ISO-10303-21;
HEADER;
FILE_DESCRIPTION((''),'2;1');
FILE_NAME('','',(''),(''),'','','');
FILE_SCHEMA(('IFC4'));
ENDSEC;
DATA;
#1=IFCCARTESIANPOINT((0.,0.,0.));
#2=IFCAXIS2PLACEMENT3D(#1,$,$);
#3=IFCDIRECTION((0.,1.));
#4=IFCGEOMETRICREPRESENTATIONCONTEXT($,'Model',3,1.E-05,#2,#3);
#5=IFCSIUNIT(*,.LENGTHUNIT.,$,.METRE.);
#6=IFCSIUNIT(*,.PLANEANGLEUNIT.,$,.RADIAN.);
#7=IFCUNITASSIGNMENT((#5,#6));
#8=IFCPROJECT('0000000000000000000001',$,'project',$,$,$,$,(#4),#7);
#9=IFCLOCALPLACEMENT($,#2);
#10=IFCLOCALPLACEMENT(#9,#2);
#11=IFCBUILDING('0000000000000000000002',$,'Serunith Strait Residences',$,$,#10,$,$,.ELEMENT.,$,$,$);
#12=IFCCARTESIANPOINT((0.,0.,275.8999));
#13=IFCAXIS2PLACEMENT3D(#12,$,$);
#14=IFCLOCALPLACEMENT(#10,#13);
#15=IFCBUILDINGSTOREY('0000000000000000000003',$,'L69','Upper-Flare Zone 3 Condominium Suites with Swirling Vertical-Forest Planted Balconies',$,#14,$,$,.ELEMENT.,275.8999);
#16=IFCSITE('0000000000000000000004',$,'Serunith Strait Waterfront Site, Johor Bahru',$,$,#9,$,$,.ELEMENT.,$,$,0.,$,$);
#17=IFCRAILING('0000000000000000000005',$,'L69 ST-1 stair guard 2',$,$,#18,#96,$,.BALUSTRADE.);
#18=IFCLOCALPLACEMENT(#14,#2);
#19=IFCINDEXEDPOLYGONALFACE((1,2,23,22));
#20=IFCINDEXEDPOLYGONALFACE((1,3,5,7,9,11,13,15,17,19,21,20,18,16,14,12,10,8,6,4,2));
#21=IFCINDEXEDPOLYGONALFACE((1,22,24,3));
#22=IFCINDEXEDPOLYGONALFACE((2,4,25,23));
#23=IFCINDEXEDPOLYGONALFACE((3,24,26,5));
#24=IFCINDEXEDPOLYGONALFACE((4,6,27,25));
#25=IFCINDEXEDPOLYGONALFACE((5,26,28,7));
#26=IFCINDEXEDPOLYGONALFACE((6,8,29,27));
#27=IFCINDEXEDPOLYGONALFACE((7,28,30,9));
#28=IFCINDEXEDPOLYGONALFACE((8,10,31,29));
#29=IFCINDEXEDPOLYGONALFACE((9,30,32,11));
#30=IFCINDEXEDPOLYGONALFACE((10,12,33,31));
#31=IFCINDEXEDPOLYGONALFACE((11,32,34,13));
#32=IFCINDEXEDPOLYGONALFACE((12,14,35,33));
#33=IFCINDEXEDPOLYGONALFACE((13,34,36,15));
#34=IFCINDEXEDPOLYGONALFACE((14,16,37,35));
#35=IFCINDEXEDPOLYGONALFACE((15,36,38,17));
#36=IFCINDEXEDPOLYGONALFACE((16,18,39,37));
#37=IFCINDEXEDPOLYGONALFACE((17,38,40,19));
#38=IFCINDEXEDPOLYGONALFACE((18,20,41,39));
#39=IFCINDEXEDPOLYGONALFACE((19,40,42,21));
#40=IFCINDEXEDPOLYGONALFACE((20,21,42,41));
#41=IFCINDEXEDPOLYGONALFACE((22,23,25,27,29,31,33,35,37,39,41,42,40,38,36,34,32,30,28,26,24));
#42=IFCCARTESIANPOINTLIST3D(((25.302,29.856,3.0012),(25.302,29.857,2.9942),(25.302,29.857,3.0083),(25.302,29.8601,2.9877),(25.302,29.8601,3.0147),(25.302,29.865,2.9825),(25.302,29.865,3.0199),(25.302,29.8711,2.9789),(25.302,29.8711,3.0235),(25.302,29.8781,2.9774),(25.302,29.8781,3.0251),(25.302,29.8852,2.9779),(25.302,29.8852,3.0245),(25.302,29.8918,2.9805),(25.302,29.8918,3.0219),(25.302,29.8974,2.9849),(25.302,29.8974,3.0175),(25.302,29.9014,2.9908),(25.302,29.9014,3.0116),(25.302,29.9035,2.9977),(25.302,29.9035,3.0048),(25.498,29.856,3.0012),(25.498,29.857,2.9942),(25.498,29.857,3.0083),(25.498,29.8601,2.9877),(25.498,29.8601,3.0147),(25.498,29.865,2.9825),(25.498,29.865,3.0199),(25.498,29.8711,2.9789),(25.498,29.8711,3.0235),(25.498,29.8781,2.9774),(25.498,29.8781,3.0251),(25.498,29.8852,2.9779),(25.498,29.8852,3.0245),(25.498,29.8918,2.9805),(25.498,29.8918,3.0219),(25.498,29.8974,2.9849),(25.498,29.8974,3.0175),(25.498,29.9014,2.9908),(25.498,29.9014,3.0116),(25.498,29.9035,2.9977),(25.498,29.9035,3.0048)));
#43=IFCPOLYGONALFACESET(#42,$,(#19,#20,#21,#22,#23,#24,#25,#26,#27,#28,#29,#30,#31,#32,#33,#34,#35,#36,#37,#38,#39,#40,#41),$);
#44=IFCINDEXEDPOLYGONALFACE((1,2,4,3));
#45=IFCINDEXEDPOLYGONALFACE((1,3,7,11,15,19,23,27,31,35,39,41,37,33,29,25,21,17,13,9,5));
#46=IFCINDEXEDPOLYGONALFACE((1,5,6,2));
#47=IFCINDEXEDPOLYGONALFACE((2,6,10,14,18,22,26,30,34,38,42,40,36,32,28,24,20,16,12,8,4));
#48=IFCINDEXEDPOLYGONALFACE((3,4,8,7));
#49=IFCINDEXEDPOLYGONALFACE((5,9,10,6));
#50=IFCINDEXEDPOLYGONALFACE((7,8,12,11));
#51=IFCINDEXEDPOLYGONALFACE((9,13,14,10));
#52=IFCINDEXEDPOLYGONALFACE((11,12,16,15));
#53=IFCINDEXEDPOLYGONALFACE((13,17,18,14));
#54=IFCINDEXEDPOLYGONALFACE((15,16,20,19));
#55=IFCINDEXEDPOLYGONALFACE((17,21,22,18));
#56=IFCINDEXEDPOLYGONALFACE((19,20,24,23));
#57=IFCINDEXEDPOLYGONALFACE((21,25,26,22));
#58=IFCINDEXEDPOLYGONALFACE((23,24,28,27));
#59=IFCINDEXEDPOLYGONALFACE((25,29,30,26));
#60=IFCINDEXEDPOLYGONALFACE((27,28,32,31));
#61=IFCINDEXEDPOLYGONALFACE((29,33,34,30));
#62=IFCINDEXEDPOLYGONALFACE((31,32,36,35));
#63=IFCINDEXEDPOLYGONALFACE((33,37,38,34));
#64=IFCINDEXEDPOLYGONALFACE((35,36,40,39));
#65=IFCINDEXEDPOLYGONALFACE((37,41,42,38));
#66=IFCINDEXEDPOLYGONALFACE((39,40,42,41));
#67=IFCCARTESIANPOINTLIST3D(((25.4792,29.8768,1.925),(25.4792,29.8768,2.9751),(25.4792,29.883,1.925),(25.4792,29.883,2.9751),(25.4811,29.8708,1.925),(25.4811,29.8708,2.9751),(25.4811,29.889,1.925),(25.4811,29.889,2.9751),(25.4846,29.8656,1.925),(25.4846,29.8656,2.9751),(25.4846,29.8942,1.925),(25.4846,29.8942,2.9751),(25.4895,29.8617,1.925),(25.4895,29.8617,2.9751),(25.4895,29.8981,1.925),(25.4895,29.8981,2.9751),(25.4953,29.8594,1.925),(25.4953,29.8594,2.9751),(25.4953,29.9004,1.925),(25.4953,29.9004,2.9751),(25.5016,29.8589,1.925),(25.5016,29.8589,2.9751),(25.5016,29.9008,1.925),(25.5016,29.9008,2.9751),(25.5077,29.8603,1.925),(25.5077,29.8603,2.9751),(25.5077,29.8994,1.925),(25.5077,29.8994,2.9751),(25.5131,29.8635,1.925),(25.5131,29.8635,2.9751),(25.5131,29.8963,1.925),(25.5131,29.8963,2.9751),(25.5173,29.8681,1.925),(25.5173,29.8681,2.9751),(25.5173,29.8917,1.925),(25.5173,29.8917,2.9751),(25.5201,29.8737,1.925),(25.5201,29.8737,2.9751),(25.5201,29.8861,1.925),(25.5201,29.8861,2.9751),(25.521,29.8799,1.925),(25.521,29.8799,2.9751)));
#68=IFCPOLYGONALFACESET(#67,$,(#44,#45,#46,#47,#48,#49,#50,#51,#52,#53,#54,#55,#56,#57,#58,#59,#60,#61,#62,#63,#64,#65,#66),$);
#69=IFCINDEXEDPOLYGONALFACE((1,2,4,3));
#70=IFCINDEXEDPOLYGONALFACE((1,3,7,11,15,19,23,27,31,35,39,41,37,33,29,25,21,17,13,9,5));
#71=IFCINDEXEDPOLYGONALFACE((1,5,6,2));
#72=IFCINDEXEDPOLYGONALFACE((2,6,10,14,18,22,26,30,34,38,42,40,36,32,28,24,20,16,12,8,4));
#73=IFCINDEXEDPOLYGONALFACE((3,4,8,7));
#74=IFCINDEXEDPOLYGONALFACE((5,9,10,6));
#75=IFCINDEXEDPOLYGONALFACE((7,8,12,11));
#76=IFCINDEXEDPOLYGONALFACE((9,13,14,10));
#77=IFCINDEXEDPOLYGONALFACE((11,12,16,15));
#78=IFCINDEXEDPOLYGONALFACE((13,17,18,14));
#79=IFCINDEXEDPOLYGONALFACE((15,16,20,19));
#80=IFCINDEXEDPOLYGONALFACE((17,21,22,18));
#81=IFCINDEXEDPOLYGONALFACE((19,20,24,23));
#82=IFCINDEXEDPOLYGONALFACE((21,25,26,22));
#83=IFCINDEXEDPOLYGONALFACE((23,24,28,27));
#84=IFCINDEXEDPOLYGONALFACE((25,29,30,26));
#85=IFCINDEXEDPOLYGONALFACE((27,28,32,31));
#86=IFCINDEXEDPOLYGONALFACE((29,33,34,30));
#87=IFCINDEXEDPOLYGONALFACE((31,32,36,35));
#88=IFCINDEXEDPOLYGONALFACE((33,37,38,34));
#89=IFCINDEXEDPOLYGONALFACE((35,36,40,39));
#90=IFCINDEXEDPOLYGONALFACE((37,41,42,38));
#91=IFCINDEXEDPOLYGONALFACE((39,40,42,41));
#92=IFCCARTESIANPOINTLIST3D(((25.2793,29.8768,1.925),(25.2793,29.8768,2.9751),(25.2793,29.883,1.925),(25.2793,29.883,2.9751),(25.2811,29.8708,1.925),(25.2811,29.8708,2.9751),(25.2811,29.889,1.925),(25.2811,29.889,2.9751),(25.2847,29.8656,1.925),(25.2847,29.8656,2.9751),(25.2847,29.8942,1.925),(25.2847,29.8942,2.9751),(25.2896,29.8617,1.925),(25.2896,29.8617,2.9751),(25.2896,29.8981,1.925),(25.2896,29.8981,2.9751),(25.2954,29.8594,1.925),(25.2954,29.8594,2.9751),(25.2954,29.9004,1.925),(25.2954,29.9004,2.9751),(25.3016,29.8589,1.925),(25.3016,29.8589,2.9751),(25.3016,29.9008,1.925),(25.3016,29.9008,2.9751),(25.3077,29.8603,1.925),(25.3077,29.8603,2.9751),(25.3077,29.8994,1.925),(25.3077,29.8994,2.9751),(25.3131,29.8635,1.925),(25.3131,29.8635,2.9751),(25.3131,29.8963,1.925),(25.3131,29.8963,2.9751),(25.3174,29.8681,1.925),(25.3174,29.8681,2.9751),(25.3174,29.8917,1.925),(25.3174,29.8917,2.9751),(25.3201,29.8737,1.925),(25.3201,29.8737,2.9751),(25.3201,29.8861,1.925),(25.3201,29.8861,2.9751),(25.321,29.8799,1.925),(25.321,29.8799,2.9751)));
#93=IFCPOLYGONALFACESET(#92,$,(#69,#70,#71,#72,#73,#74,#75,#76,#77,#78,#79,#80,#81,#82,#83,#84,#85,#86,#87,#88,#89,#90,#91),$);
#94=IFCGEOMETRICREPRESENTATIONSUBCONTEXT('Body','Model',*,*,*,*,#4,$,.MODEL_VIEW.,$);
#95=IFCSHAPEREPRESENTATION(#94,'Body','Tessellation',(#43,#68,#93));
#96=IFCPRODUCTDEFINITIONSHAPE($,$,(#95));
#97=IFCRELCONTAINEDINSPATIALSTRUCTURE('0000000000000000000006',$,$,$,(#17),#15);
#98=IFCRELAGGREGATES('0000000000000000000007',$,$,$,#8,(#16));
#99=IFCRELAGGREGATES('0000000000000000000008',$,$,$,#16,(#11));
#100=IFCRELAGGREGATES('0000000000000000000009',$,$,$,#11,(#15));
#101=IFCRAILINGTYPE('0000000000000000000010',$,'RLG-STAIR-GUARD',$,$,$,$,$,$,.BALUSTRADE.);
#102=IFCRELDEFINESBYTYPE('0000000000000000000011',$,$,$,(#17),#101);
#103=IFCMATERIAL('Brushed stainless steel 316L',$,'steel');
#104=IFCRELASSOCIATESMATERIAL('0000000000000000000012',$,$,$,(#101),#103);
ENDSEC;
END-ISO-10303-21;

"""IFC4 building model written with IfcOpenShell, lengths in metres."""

from ifc_helpers import new_model, si_unit, direction, frame, origin, origin_2d, place, context, subcontext, project, spatial, circle, extrude, material, type_object, element, save


model = new_model("IFC4")

# Units and contexts
model_context = context("Model", 3, precision=1e-05, world=origin(), true_north=direction((0.0, 1.0)))
body_context = subcontext(model_context, "Body", "Model", "MODEL_VIEW")
ifc_project = project(units=[si_unit("LENGTHUNIT", "METRE"), si_unit("PLANEANGLEUNIT", "RADIAN")], contexts=[model_context])

# Site, building, storey
site_placement = place(None, origin())
site = spatial("IfcSite", under=ifc_project, at=site_placement, Name="Serunith Strait Waterfront Site, Johor Bahru", CompositionType="ELEMENT", RefElevation=0.0)
building_placement = place(site_placement, origin())
building = spatial("IfcBuilding", under=site, at=building_placement, Name="Serunith Strait Residences", CompositionType="ELEMENT")
storey_placement = place(building_placement, frame((0.0, 0.0, 275.8999)))
storey = spatial("IfcBuildingStorey", under=building, at=storey_placement, Name="L69", Description="Upper-Flare Zone 3 Condominium Suites with Swirling Vertical-Forest Planted Balconies", CompositionType="ELEMENT", Elevation=275.8999)

# Railing
ifc_material_1 = material(Name="Brushed stainless steel 316L", Category="steel")
railing_type_1 = type_object("IfcRailingType", Name="RLG-STAIR-GUARD", PredefinedType="BALUSTRADE", material=ifc_material_1)
railing_1_placement = place(storey_placement, frame((25.5, 29.8799, 1.925)))
element("IfcRailing", 1, at=railing_1_placement, inside=storey, type_object=railing_type_1, Name="L69 ST-1 stair guard 2", PredefinedType="BALUSTRADE", context=body_context, shape_type="SweptSolid", body=[
    extrude(circle(Radius=0.0239, at=origin_2d()), frame((-0.002, 0.0, 1.0762), z_axis=(-1.0, 0.0, 0.0), x_axis=(0.0, -1.0, 0.0)), (0.0, 0.0, 1.0), 0.196),
    extrude(circle(Radius=0.021, at=origin_2d()), origin(), (0.0, 0.0, 1.0), 1.05),
    extrude(circle(Radius=0.021, at=origin_2d()), frame((-0.2, 0.0, 0.0)), (0.0, 0.0, 1.0), 1.05),
])

save(model, "model.ifc")
